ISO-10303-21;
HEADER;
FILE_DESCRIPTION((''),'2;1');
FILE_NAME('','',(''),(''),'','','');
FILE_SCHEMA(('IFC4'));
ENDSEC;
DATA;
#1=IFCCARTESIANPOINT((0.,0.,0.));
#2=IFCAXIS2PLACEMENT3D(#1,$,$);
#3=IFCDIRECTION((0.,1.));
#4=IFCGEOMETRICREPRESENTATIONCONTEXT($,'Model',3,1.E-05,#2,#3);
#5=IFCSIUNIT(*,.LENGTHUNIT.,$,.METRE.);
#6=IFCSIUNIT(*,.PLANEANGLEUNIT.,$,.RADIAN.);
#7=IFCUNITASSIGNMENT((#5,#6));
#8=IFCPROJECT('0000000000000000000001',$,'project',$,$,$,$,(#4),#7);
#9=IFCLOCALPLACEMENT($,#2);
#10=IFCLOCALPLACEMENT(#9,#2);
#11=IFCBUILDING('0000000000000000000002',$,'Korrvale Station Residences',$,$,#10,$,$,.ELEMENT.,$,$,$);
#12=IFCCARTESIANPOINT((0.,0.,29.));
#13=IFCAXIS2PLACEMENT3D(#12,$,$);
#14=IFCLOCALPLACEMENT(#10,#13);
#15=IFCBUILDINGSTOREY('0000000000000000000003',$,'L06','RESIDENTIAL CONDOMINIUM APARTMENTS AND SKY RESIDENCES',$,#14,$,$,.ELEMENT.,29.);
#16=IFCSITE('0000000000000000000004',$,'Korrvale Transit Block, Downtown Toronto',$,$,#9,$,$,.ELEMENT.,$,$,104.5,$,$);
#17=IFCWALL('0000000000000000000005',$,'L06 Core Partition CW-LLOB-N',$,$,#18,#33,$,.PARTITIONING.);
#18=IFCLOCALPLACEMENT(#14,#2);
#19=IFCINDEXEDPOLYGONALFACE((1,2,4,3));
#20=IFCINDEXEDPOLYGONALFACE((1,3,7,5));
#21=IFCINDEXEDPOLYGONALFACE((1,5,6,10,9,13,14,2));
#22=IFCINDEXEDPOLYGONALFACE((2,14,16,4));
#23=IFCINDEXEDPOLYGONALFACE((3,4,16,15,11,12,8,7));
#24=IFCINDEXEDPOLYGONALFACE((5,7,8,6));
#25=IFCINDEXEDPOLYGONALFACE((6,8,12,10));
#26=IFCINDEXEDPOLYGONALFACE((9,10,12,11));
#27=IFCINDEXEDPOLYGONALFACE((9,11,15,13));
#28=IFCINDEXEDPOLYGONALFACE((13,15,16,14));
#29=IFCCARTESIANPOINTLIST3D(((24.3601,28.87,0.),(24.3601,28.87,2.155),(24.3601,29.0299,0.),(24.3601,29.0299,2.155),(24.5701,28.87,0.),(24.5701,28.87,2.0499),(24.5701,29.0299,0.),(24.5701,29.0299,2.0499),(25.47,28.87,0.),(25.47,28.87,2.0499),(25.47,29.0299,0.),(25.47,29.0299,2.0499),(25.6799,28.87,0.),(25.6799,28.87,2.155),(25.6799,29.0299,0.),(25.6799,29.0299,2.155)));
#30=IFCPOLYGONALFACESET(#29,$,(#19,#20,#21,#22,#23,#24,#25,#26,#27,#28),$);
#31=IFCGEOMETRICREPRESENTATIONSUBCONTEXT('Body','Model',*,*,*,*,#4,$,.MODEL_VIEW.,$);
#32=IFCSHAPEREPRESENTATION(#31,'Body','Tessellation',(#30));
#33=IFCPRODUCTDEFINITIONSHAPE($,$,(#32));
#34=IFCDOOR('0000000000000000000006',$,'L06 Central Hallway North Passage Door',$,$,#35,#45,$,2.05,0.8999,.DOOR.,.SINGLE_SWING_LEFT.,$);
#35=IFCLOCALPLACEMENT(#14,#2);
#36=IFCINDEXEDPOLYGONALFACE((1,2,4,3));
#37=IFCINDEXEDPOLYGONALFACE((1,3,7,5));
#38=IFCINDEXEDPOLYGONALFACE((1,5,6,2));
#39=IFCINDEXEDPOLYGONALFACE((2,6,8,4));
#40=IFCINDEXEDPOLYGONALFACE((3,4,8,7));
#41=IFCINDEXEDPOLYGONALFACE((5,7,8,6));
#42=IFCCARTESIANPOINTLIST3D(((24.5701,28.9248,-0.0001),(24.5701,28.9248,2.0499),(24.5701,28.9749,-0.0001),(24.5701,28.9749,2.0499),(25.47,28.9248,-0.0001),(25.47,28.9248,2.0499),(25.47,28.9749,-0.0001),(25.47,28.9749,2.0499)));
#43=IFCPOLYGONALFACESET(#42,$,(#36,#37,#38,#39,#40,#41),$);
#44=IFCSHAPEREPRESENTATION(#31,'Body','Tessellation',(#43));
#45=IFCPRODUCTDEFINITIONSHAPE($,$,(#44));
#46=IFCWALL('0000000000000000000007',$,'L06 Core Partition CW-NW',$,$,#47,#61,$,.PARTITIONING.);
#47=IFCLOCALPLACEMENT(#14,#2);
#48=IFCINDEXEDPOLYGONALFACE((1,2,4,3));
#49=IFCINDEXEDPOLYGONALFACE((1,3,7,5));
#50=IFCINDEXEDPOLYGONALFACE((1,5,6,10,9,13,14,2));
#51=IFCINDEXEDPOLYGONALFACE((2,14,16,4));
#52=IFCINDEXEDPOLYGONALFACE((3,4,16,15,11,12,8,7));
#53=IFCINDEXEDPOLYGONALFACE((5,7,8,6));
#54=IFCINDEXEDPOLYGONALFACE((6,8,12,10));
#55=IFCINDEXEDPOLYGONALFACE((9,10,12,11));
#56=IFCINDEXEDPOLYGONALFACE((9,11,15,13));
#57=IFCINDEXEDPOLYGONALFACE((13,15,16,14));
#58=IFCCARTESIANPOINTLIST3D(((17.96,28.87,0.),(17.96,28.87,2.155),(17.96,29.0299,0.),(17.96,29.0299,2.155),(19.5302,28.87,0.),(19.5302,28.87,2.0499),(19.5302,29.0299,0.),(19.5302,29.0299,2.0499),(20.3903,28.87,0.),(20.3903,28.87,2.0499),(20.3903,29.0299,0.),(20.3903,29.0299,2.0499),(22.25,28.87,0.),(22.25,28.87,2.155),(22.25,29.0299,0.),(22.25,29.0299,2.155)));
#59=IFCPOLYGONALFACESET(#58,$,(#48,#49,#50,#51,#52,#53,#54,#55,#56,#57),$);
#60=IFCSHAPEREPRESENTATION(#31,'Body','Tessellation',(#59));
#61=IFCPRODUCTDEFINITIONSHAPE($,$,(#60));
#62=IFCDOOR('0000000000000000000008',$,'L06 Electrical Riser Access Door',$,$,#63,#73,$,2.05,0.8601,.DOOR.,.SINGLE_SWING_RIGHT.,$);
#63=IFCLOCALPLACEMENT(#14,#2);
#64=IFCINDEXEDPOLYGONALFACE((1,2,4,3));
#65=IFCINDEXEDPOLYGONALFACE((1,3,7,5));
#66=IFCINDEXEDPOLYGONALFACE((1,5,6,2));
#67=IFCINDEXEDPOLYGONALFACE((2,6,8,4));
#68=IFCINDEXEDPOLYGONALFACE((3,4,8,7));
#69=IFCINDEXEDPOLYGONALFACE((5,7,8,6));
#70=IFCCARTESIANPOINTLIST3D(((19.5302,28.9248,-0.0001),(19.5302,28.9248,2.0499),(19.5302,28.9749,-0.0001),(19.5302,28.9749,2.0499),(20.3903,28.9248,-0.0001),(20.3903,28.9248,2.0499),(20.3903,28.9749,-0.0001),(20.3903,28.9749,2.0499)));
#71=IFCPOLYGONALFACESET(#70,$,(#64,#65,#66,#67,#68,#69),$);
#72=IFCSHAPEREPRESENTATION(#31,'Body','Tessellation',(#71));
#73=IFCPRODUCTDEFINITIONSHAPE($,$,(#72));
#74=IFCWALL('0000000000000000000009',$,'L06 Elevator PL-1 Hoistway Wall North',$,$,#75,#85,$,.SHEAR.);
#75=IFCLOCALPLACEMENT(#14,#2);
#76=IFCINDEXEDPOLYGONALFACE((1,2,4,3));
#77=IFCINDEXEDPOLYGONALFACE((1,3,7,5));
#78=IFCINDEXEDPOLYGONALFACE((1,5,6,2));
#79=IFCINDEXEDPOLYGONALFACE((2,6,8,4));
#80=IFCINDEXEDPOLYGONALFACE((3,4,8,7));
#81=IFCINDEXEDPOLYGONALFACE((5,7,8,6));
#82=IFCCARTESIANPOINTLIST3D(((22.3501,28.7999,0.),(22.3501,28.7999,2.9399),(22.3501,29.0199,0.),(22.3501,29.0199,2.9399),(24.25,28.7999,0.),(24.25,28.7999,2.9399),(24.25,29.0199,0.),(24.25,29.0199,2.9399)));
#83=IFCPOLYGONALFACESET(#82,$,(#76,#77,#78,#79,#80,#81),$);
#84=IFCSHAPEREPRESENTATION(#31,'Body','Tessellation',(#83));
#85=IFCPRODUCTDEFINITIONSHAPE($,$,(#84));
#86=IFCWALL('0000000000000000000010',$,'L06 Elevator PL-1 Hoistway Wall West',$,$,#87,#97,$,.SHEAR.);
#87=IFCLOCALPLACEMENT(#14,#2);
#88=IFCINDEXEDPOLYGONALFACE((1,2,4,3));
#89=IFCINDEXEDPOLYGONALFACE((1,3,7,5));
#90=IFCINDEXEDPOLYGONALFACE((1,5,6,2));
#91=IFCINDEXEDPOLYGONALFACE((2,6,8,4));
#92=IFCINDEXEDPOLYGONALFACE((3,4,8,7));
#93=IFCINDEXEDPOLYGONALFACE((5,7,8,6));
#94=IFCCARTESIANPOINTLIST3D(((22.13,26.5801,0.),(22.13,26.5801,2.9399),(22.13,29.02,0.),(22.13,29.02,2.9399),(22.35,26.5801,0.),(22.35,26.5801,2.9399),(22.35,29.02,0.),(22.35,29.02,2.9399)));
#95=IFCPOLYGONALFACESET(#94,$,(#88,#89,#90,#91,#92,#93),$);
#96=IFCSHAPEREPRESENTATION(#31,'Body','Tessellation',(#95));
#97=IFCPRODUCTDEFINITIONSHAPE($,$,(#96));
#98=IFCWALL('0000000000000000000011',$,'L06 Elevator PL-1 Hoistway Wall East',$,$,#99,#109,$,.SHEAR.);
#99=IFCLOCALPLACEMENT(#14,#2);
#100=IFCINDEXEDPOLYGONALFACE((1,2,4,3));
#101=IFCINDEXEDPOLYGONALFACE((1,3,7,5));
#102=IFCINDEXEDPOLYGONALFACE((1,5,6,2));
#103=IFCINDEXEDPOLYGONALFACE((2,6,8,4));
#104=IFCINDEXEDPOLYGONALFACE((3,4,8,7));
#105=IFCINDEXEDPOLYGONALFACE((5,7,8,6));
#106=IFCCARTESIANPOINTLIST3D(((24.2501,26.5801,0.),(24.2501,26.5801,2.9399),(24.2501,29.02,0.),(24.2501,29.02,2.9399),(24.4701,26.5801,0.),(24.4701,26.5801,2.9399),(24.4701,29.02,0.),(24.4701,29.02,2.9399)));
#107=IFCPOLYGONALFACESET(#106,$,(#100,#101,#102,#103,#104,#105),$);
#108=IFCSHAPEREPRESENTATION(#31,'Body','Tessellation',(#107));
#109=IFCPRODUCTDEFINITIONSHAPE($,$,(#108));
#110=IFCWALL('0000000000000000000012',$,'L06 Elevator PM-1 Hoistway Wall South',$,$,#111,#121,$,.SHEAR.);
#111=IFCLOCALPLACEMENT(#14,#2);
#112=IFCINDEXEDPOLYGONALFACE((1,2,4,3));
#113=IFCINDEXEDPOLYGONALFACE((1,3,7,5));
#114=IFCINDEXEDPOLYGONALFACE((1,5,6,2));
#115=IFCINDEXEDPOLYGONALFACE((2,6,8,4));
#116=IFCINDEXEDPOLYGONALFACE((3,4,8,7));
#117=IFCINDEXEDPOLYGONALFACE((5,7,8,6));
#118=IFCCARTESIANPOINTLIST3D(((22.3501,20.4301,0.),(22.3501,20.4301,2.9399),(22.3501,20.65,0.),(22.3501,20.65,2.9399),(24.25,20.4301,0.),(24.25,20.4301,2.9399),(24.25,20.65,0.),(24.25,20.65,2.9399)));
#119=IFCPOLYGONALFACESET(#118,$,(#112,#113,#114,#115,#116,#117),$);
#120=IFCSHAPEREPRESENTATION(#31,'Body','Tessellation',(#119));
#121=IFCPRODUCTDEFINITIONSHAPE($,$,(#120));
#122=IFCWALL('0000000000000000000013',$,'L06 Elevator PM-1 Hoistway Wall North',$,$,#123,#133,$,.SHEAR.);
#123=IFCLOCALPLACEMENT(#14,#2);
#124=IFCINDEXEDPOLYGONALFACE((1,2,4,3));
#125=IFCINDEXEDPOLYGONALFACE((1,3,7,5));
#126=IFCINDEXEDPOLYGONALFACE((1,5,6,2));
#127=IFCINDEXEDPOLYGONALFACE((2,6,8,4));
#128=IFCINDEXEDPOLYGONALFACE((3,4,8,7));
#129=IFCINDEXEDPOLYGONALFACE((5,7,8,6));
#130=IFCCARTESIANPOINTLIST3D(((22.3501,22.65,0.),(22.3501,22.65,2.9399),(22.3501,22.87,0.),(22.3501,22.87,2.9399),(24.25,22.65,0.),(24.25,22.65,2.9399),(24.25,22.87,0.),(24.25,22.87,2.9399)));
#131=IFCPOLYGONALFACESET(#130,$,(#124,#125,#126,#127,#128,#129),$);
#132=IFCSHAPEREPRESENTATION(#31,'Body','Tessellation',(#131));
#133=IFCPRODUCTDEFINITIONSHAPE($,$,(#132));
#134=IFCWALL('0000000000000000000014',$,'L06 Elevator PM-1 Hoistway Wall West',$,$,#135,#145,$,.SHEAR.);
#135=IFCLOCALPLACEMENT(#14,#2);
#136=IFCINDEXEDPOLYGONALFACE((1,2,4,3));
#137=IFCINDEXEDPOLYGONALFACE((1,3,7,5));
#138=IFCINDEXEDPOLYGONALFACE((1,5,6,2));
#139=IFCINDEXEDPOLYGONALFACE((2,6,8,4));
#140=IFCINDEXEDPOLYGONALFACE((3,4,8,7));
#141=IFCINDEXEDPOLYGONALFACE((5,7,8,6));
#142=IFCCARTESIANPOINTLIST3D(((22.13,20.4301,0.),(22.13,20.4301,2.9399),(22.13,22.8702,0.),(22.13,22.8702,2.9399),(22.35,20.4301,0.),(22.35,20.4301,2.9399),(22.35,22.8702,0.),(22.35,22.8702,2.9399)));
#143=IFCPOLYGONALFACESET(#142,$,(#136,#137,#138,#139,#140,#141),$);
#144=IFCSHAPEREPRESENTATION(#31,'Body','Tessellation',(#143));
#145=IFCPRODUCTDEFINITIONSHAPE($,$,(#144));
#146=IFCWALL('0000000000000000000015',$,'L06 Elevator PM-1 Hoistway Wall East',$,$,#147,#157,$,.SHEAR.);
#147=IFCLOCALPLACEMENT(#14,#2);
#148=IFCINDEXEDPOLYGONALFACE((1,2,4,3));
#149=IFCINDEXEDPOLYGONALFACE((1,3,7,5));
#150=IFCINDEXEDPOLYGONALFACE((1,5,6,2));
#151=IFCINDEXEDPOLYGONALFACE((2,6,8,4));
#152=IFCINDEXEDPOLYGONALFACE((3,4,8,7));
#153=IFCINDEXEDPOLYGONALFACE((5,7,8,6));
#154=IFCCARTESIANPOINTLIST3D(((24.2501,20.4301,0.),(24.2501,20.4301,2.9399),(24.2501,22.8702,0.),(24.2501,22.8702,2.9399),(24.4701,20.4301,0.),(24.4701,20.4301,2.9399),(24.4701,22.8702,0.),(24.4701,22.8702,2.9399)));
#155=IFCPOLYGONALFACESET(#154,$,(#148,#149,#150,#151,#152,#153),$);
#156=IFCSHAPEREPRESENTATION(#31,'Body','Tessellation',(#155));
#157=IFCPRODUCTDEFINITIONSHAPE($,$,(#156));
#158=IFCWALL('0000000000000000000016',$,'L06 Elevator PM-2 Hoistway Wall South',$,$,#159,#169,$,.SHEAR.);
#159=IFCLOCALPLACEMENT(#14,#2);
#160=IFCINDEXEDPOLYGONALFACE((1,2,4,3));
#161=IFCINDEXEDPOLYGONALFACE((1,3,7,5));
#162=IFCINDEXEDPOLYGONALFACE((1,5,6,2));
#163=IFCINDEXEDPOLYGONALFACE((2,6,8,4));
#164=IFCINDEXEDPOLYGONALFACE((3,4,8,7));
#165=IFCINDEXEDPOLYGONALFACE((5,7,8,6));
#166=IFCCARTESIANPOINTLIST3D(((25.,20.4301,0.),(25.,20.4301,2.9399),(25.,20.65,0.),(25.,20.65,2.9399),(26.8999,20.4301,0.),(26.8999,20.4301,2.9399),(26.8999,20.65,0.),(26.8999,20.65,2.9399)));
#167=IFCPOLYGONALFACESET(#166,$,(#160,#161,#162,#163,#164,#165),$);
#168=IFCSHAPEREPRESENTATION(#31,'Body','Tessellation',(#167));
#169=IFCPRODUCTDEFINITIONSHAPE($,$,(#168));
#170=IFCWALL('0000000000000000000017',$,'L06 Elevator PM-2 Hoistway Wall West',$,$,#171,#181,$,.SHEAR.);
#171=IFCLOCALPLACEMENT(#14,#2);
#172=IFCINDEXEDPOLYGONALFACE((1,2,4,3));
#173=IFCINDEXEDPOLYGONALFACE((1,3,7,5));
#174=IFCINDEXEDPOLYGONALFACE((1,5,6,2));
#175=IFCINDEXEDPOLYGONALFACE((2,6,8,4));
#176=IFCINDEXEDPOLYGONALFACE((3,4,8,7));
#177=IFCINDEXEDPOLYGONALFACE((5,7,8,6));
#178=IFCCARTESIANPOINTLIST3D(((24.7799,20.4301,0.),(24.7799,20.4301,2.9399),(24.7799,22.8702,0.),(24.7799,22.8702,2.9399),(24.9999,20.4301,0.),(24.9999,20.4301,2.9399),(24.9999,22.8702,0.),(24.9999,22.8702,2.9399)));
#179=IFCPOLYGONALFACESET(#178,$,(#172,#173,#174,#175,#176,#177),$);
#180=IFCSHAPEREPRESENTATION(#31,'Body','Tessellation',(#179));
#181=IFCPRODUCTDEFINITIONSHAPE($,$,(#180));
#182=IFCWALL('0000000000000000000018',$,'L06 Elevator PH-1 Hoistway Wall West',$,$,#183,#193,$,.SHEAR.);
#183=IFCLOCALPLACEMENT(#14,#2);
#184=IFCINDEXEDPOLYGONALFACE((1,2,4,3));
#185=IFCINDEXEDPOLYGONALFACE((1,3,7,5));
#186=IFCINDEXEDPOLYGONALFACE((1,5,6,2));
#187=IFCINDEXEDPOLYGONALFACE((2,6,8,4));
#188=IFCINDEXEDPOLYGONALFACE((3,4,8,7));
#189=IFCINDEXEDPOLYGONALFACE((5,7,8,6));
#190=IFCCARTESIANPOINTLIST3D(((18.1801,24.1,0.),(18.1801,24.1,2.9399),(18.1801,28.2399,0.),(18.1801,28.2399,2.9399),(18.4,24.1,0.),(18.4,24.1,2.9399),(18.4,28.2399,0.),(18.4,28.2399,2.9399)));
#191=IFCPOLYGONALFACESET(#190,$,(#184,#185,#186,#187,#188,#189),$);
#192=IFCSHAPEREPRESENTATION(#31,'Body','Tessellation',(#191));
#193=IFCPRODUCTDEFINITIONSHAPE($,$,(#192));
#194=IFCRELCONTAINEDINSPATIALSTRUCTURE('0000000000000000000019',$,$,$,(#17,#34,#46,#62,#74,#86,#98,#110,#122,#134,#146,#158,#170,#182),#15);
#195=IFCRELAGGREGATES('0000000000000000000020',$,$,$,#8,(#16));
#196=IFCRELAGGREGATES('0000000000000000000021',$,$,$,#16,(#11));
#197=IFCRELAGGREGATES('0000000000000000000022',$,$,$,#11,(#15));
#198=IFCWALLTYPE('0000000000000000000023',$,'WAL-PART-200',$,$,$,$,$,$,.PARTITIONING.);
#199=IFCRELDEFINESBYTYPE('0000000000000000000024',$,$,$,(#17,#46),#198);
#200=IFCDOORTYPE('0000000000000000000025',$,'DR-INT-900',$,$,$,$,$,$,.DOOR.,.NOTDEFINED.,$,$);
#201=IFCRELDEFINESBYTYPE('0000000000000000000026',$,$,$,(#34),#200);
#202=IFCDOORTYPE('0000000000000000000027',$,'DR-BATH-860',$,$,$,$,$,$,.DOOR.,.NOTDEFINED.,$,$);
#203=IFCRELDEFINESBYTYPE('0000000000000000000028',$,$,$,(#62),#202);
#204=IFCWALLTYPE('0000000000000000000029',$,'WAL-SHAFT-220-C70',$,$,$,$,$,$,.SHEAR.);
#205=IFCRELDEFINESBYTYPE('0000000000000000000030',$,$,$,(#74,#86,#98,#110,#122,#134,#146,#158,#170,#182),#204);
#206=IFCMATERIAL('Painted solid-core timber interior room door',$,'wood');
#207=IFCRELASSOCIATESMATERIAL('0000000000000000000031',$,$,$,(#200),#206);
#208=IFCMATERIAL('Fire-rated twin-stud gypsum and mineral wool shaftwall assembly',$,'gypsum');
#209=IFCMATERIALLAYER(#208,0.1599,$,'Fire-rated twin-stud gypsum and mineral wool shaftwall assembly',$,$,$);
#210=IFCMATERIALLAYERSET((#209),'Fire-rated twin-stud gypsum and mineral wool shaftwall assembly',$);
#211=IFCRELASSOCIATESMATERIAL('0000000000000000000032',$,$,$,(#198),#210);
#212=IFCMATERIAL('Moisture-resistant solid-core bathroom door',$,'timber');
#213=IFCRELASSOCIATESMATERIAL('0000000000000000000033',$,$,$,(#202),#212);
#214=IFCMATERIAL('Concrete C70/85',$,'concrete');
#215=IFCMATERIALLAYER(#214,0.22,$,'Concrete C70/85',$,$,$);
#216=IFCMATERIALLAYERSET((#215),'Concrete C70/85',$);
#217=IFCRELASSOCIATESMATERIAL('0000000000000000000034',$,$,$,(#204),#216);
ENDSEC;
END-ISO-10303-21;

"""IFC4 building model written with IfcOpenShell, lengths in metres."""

from ifc_helpers import new_model, si_unit, direction, frame, frame_2d, origin, place, context, subcontext, project, spatial, rectangle, extrude, material, layer, layer_set, type_object, element, fill, save


model = new_model("IFC4")

# Units and contexts
model_context = context("Model", 3, precision=1e-05, world=origin(), true_north=direction((0.0, 1.0)))
body_context = subcontext(model_context, "Body", "Model", "MODEL_VIEW")
ifc_project = project(units=[si_unit("LENGTHUNIT", "METRE"), si_unit("PLANEANGLEUNIT", "RADIAN")], contexts=[model_context])

# Site, building, storey
site_placement = place(None, origin())
site = spatial("IfcSite", under=ifc_project, at=site_placement, Name="Korrvale Transit Block, Downtown Toronto", CompositionType="ELEMENT", RefElevation=104.5)
building_placement = place(site_placement, origin())
building = spatial("IfcBuilding", under=site, at=building_placement, Name="Korrvale Station Residences", CompositionType="ELEMENT")
storey_placement = place(building_placement, frame((0.0, 0.0, 29.0)))
storey = spatial("IfcBuildingStorey", under=building, at=storey_placement, Name="L06", Description="RESIDENTIAL CONDOMINIUM APARTMENTS AND SKY RESIDENCES", CompositionType="ELEMENT", Elevation=29.0)

# Shared definitions
ifc_material_1 = material(Name="Concrete C70/85", Category="concrete")

# Shared definitions
ifc_material_2 = material(Name="Painted solid-core timber interior room door", Category="wood")
door_type_1 = type_object("IfcDoorType", Name="DR-INT-900", OperationType="NOTDEFINED", PredefinedType="DOOR", material=ifc_material_2)

# Shared definitions
ifc_material_3 = material(Name="Fire-rated twin-stud gypsum and mineral wool shaftwall assembly", Category="gypsum")
ifc_layer_1 = layer(ifc_material_3, 0.1599, Name="Fire-rated twin-stud gypsum and mineral wool shaftwall assembly")
ifc_layer_set_1 = layer_set([ifc_layer_1], Name="Fire-rated twin-stud gypsum and mineral wool shaftwall assembly")
wall_type_1 = type_object("IfcWallType", Name="WAL-PART-200", PredefinedType="PARTITIONING", material=ifc_layer_set_1)

# Walls, openings, doors
wall_1_placement = place(storey_placement, frame((24.3601, 28.95, 0.0), z_axis=(0.0, 0.0, 1.0), x_axis=(1.0, 0.0, 0.0)))
wall_1 = element("IfcWall", 1, at=wall_1_placement, inside=storey, type_object=wall_type_1, Name="L06 Core Partition CW-LLOB-N", PredefinedType="PARTITIONING", context=body_context, shape_type="SweptSolid", body=[
    extrude(rectangle(XDim=1.3198, YDim=0.1599, at=frame_2d((0.6599, 0.0))), origin(), (0.0, 0.0, 1.0), 2.155),
])
opening_1_placement = place(wall_1_placement, frame((0.21, 0.0, 0.0)))
opening_1 = element("IfcOpeningElement", 2, at=opening_1_placement, cuts=wall_1, PredefinedType="OPENING", context=body_context, shape_type="SweptSolid", body=[
    extrude(rectangle(XDim=0.8999, YDim=2.05, at=frame_2d((0.45, 1.0249))), frame((0.0, 0.0898, 0.0), z_axis=(0.0, -1.0, 0.0), x_axis=(1.0, 0.0, 0.0)), (0.0, 0.0, 1.0), 0.1799),
])
door_1_placement = place(opening_1_placement, origin())
door_1 = element("IfcDoor", 3, at=door_1_placement, inside=storey, type_object=door_type_1, Name="L06 Central Hallway North Passage Door", OperationType="SINGLE_SWING_LEFT", OverallHeight=2.05, OverallWidth=0.8999, PredefinedType="DOOR", context=body_context, shape_type="SweptSolid", body=[
    extrude(rectangle(XDim=0.8999, YDim=2.05, at=frame_2d((0.45, 1.0249))), frame((0.0, 0.0249, 0.0), z_axis=(0.0, -1.0, 0.0), x_axis=(1.0, 0.0, 0.0)), (0.0, 0.0, 1.0), 0.05),
])
fill(opening_1, door_1)
wall_2_placement = place(storey_placement, frame((17.96, 28.95, 0.0), z_axis=(0.0, 0.0, 1.0), x_axis=(1.0, 0.0, 0.0)))
wall_2 = element("IfcWall", 4, at=wall_2_placement, inside=storey, type_object=wall_type_1, Name="L06 Core Partition CW-NW", PredefinedType="PARTITIONING", context=body_context, shape_type="SweptSolid", body=[
    extrude(rectangle(XDim=4.29, YDim=0.1599, at=frame_2d((2.145, 0.0))), origin(), (0.0, 0.0, 1.0), 2.155),
])
opening_2_placement = place(wall_2_placement, frame((1.5701, 0.0, 0.0)))
opening_2 = element("IfcOpeningElement", 5, at=opening_2_placement, cuts=wall_2, PredefinedType="OPENING", context=body_context, shape_type="SweptSolid", body=[
    extrude(rectangle(XDim=0.8601, YDim=2.05, at=frame_2d((0.4302, 1.0249))), frame((0.0, 0.0898, 0.0), z_axis=(0.0, -1.0, 0.0), x_axis=(1.0, 0.0, 0.0)), (0.0, 0.0, 1.0), 0.1799),
])
ifc_material_4 = material(Name="Moisture-resistant solid-core bathroom door", Category="timber")
door_type_2 = type_object("IfcDoorType", Name="DR-BATH-860", OperationType="NOTDEFINED", PredefinedType="DOOR", material=ifc_material_4)
door_2_placement = place(opening_2_placement, origin())
door_2 = element("IfcDoor", 6, at=door_2_placement, inside=storey, type_object=door_type_2, Name="L06 Electrical Riser Access Door", OperationType="SINGLE_SWING_RIGHT", OverallHeight=2.05, OverallWidth=0.8601, PredefinedType="DOOR", context=body_context, shape_type="SweptSolid", body=[
    extrude(rectangle(XDim=0.8601, YDim=2.05, at=frame_2d((0.4302, 1.0249))), frame((0.0, 0.0249, 0.0), z_axis=(0.0, -1.0, 0.0), x_axis=(1.0, 0.0, 0.0)), (0.0, 0.0, 1.0), 0.05),
])
fill(opening_2, door_2)
ifc_layer_2 = layer(ifc_material_1, 0.22, Name="Concrete C70/85")
ifc_layer_set_2 = layer_set([ifc_layer_2], Name="Concrete C70/85")
wall_type_2 = type_object("IfcWallType", Name="WAL-SHAFT-220-C70", PredefinedType="SHEAR", material=ifc_layer_set_2)

# Walls
wall_3_placement = place(storey_placement, frame((22.3501, 28.9099, 0.0), z_axis=(0.0, 0.0, 1.0), x_axis=(1.0, 0.0, 0.0)))
element("IfcWall", 7, at=wall_3_placement, inside=storey, type_object=wall_type_2, Name="L06 Elevator PL-1 Hoistway Wall North", PredefinedType="SHEAR", context=body_context, shape_type="SweptSolid", body=[
    extrude(rectangle(XDim=1.8999, YDim=0.22, at=frame_2d((0.95, 0.0))), origin(), (0.0, 0.0, 1.0), 2.9399),
])
for number, where, z_axis, x_axis, name in (
    (8, (22.24, 26.5801, 0.0), (0.0, 0.0, 1.0), (0.0, 1.0, 0.0), "L06 Elevator PL-1 Hoistway Wall West"),
    (9, (24.3601, 26.5801, 0.0), (0.0, 0.0, 1.0), (0.0, 1.0, 0.0), "L06 Elevator PL-1 Hoistway Wall East"),
):
    element("IfcWall", number, at=place(storey_placement, frame(where, z_axis=z_axis, x_axis=x_axis)), inside=storey, type_object=wall_type_2, Name=name, PredefinedType="SHEAR", context=body_context, shape_type="SweptSolid", body=[
        extrude(rectangle(XDim=2.4399, YDim=0.22, at=frame_2d((1.22, 0.0))), origin(), (0.0, 0.0, 1.0), 2.9399),
    ])
for number, where, z_axis, x_axis, name in (
    (10, (22.3501, 20.54, 0.0), (0.0, 0.0, 1.0), (1.0, 0.0, 0.0), "L06 Elevator PM-1 Hoistway Wall South"),
    (11, (22.3501, 22.76, 0.0), (0.0, 0.0, 1.0), (1.0, 0.0, 0.0), "L06 Elevator PM-1 Hoistway Wall North"),
):
    element("IfcWall", number, at=place(storey_placement, frame(where, z_axis=z_axis, x_axis=x_axis)), inside=storey, type_object=wall_type_2, Name=name, PredefinedType="SHEAR", context=body_context, shape_type="SweptSolid", body=[
        extrude(rectangle(XDim=1.8999, YDim=0.22, at=frame_2d((0.95, 0.0))), origin(), (0.0, 0.0, 1.0), 2.9399),
    ])
for number, where, z_axis, x_axis, name in (
    (12, (22.24, 20.4299, 0.0), (0.0, 0.0, 1.0), (0.0, 1.0, 0.0), "L06 Elevator PM-1 Hoistway Wall West"),
    (13, (24.3601, 20.4299, 0.0), (0.0, 0.0, 1.0), (0.0, 1.0, 0.0), "L06 Elevator PM-1 Hoistway Wall East"),
):
    element("IfcWall", number, at=place(storey_placement, frame(where, z_axis=z_axis, x_axis=x_axis)), inside=storey, type_object=wall_type_2, Name=name, PredefinedType="SHEAR", context=body_context, shape_type="SweptSolid", body=[
        extrude(rectangle(XDim=2.4402, YDim=0.22, at=frame_2d((1.2202, 0.0))), origin(), (0.0, 0.0, 1.0), 2.9399),
    ])
wall_4_placement = place(storey_placement, frame((25.0, 20.54, 0.0), z_axis=(0.0, 0.0, 1.0), x_axis=(1.0, 0.0, 0.0)))
element("IfcWall", 14, at=wall_4_placement, inside=storey, type_object=wall_type_2, Name="L06 Elevator PM-2 Hoistway Wall South", PredefinedType="SHEAR", context=body_context, shape_type="SweptSolid", body=[
    extrude(rectangle(XDim=1.8999, YDim=0.22, at=frame_2d((0.95, 0.0))), origin(), (0.0, 0.0, 1.0), 2.9399),
])
wall_5_placement = place(storey_placement, frame((24.8899, 20.4299, 0.0), z_axis=(0.0, 0.0, 1.0), x_axis=(0.0, 1.0, 0.0)))
element("IfcWall", 15, at=wall_5_placement, inside=storey, type_object=wall_type_2, Name="L06 Elevator PM-2 Hoistway Wall West", PredefinedType="SHEAR", context=body_context, shape_type="SweptSolid", body=[
    extrude(rectangle(XDim=2.4402, YDim=0.22, at=frame_2d((1.2202, 0.0))), origin(), (0.0, 0.0, 1.0), 2.9399),
])
wall_6_placement = place(storey_placement, frame((18.29, 24.1001, 0.0), z_axis=(0.0, 0.0, 1.0), x_axis=(0.0, 1.0, 0.0)))
element("IfcWall", 16, at=wall_6_placement, inside=storey, type_object=wall_type_2, Name="L06 Elevator PH-1 Hoistway Wall West", PredefinedType="SHEAR", context=body_context, shape_type="SweptSolid", body=[
    extrude(rectangle(XDim=4.1399, YDim=0.22, at=frame_2d((2.0698, 0.0))), origin(), (0.0, 0.0, 1.0), 2.9399),
])

save(model, "model.ifc")
